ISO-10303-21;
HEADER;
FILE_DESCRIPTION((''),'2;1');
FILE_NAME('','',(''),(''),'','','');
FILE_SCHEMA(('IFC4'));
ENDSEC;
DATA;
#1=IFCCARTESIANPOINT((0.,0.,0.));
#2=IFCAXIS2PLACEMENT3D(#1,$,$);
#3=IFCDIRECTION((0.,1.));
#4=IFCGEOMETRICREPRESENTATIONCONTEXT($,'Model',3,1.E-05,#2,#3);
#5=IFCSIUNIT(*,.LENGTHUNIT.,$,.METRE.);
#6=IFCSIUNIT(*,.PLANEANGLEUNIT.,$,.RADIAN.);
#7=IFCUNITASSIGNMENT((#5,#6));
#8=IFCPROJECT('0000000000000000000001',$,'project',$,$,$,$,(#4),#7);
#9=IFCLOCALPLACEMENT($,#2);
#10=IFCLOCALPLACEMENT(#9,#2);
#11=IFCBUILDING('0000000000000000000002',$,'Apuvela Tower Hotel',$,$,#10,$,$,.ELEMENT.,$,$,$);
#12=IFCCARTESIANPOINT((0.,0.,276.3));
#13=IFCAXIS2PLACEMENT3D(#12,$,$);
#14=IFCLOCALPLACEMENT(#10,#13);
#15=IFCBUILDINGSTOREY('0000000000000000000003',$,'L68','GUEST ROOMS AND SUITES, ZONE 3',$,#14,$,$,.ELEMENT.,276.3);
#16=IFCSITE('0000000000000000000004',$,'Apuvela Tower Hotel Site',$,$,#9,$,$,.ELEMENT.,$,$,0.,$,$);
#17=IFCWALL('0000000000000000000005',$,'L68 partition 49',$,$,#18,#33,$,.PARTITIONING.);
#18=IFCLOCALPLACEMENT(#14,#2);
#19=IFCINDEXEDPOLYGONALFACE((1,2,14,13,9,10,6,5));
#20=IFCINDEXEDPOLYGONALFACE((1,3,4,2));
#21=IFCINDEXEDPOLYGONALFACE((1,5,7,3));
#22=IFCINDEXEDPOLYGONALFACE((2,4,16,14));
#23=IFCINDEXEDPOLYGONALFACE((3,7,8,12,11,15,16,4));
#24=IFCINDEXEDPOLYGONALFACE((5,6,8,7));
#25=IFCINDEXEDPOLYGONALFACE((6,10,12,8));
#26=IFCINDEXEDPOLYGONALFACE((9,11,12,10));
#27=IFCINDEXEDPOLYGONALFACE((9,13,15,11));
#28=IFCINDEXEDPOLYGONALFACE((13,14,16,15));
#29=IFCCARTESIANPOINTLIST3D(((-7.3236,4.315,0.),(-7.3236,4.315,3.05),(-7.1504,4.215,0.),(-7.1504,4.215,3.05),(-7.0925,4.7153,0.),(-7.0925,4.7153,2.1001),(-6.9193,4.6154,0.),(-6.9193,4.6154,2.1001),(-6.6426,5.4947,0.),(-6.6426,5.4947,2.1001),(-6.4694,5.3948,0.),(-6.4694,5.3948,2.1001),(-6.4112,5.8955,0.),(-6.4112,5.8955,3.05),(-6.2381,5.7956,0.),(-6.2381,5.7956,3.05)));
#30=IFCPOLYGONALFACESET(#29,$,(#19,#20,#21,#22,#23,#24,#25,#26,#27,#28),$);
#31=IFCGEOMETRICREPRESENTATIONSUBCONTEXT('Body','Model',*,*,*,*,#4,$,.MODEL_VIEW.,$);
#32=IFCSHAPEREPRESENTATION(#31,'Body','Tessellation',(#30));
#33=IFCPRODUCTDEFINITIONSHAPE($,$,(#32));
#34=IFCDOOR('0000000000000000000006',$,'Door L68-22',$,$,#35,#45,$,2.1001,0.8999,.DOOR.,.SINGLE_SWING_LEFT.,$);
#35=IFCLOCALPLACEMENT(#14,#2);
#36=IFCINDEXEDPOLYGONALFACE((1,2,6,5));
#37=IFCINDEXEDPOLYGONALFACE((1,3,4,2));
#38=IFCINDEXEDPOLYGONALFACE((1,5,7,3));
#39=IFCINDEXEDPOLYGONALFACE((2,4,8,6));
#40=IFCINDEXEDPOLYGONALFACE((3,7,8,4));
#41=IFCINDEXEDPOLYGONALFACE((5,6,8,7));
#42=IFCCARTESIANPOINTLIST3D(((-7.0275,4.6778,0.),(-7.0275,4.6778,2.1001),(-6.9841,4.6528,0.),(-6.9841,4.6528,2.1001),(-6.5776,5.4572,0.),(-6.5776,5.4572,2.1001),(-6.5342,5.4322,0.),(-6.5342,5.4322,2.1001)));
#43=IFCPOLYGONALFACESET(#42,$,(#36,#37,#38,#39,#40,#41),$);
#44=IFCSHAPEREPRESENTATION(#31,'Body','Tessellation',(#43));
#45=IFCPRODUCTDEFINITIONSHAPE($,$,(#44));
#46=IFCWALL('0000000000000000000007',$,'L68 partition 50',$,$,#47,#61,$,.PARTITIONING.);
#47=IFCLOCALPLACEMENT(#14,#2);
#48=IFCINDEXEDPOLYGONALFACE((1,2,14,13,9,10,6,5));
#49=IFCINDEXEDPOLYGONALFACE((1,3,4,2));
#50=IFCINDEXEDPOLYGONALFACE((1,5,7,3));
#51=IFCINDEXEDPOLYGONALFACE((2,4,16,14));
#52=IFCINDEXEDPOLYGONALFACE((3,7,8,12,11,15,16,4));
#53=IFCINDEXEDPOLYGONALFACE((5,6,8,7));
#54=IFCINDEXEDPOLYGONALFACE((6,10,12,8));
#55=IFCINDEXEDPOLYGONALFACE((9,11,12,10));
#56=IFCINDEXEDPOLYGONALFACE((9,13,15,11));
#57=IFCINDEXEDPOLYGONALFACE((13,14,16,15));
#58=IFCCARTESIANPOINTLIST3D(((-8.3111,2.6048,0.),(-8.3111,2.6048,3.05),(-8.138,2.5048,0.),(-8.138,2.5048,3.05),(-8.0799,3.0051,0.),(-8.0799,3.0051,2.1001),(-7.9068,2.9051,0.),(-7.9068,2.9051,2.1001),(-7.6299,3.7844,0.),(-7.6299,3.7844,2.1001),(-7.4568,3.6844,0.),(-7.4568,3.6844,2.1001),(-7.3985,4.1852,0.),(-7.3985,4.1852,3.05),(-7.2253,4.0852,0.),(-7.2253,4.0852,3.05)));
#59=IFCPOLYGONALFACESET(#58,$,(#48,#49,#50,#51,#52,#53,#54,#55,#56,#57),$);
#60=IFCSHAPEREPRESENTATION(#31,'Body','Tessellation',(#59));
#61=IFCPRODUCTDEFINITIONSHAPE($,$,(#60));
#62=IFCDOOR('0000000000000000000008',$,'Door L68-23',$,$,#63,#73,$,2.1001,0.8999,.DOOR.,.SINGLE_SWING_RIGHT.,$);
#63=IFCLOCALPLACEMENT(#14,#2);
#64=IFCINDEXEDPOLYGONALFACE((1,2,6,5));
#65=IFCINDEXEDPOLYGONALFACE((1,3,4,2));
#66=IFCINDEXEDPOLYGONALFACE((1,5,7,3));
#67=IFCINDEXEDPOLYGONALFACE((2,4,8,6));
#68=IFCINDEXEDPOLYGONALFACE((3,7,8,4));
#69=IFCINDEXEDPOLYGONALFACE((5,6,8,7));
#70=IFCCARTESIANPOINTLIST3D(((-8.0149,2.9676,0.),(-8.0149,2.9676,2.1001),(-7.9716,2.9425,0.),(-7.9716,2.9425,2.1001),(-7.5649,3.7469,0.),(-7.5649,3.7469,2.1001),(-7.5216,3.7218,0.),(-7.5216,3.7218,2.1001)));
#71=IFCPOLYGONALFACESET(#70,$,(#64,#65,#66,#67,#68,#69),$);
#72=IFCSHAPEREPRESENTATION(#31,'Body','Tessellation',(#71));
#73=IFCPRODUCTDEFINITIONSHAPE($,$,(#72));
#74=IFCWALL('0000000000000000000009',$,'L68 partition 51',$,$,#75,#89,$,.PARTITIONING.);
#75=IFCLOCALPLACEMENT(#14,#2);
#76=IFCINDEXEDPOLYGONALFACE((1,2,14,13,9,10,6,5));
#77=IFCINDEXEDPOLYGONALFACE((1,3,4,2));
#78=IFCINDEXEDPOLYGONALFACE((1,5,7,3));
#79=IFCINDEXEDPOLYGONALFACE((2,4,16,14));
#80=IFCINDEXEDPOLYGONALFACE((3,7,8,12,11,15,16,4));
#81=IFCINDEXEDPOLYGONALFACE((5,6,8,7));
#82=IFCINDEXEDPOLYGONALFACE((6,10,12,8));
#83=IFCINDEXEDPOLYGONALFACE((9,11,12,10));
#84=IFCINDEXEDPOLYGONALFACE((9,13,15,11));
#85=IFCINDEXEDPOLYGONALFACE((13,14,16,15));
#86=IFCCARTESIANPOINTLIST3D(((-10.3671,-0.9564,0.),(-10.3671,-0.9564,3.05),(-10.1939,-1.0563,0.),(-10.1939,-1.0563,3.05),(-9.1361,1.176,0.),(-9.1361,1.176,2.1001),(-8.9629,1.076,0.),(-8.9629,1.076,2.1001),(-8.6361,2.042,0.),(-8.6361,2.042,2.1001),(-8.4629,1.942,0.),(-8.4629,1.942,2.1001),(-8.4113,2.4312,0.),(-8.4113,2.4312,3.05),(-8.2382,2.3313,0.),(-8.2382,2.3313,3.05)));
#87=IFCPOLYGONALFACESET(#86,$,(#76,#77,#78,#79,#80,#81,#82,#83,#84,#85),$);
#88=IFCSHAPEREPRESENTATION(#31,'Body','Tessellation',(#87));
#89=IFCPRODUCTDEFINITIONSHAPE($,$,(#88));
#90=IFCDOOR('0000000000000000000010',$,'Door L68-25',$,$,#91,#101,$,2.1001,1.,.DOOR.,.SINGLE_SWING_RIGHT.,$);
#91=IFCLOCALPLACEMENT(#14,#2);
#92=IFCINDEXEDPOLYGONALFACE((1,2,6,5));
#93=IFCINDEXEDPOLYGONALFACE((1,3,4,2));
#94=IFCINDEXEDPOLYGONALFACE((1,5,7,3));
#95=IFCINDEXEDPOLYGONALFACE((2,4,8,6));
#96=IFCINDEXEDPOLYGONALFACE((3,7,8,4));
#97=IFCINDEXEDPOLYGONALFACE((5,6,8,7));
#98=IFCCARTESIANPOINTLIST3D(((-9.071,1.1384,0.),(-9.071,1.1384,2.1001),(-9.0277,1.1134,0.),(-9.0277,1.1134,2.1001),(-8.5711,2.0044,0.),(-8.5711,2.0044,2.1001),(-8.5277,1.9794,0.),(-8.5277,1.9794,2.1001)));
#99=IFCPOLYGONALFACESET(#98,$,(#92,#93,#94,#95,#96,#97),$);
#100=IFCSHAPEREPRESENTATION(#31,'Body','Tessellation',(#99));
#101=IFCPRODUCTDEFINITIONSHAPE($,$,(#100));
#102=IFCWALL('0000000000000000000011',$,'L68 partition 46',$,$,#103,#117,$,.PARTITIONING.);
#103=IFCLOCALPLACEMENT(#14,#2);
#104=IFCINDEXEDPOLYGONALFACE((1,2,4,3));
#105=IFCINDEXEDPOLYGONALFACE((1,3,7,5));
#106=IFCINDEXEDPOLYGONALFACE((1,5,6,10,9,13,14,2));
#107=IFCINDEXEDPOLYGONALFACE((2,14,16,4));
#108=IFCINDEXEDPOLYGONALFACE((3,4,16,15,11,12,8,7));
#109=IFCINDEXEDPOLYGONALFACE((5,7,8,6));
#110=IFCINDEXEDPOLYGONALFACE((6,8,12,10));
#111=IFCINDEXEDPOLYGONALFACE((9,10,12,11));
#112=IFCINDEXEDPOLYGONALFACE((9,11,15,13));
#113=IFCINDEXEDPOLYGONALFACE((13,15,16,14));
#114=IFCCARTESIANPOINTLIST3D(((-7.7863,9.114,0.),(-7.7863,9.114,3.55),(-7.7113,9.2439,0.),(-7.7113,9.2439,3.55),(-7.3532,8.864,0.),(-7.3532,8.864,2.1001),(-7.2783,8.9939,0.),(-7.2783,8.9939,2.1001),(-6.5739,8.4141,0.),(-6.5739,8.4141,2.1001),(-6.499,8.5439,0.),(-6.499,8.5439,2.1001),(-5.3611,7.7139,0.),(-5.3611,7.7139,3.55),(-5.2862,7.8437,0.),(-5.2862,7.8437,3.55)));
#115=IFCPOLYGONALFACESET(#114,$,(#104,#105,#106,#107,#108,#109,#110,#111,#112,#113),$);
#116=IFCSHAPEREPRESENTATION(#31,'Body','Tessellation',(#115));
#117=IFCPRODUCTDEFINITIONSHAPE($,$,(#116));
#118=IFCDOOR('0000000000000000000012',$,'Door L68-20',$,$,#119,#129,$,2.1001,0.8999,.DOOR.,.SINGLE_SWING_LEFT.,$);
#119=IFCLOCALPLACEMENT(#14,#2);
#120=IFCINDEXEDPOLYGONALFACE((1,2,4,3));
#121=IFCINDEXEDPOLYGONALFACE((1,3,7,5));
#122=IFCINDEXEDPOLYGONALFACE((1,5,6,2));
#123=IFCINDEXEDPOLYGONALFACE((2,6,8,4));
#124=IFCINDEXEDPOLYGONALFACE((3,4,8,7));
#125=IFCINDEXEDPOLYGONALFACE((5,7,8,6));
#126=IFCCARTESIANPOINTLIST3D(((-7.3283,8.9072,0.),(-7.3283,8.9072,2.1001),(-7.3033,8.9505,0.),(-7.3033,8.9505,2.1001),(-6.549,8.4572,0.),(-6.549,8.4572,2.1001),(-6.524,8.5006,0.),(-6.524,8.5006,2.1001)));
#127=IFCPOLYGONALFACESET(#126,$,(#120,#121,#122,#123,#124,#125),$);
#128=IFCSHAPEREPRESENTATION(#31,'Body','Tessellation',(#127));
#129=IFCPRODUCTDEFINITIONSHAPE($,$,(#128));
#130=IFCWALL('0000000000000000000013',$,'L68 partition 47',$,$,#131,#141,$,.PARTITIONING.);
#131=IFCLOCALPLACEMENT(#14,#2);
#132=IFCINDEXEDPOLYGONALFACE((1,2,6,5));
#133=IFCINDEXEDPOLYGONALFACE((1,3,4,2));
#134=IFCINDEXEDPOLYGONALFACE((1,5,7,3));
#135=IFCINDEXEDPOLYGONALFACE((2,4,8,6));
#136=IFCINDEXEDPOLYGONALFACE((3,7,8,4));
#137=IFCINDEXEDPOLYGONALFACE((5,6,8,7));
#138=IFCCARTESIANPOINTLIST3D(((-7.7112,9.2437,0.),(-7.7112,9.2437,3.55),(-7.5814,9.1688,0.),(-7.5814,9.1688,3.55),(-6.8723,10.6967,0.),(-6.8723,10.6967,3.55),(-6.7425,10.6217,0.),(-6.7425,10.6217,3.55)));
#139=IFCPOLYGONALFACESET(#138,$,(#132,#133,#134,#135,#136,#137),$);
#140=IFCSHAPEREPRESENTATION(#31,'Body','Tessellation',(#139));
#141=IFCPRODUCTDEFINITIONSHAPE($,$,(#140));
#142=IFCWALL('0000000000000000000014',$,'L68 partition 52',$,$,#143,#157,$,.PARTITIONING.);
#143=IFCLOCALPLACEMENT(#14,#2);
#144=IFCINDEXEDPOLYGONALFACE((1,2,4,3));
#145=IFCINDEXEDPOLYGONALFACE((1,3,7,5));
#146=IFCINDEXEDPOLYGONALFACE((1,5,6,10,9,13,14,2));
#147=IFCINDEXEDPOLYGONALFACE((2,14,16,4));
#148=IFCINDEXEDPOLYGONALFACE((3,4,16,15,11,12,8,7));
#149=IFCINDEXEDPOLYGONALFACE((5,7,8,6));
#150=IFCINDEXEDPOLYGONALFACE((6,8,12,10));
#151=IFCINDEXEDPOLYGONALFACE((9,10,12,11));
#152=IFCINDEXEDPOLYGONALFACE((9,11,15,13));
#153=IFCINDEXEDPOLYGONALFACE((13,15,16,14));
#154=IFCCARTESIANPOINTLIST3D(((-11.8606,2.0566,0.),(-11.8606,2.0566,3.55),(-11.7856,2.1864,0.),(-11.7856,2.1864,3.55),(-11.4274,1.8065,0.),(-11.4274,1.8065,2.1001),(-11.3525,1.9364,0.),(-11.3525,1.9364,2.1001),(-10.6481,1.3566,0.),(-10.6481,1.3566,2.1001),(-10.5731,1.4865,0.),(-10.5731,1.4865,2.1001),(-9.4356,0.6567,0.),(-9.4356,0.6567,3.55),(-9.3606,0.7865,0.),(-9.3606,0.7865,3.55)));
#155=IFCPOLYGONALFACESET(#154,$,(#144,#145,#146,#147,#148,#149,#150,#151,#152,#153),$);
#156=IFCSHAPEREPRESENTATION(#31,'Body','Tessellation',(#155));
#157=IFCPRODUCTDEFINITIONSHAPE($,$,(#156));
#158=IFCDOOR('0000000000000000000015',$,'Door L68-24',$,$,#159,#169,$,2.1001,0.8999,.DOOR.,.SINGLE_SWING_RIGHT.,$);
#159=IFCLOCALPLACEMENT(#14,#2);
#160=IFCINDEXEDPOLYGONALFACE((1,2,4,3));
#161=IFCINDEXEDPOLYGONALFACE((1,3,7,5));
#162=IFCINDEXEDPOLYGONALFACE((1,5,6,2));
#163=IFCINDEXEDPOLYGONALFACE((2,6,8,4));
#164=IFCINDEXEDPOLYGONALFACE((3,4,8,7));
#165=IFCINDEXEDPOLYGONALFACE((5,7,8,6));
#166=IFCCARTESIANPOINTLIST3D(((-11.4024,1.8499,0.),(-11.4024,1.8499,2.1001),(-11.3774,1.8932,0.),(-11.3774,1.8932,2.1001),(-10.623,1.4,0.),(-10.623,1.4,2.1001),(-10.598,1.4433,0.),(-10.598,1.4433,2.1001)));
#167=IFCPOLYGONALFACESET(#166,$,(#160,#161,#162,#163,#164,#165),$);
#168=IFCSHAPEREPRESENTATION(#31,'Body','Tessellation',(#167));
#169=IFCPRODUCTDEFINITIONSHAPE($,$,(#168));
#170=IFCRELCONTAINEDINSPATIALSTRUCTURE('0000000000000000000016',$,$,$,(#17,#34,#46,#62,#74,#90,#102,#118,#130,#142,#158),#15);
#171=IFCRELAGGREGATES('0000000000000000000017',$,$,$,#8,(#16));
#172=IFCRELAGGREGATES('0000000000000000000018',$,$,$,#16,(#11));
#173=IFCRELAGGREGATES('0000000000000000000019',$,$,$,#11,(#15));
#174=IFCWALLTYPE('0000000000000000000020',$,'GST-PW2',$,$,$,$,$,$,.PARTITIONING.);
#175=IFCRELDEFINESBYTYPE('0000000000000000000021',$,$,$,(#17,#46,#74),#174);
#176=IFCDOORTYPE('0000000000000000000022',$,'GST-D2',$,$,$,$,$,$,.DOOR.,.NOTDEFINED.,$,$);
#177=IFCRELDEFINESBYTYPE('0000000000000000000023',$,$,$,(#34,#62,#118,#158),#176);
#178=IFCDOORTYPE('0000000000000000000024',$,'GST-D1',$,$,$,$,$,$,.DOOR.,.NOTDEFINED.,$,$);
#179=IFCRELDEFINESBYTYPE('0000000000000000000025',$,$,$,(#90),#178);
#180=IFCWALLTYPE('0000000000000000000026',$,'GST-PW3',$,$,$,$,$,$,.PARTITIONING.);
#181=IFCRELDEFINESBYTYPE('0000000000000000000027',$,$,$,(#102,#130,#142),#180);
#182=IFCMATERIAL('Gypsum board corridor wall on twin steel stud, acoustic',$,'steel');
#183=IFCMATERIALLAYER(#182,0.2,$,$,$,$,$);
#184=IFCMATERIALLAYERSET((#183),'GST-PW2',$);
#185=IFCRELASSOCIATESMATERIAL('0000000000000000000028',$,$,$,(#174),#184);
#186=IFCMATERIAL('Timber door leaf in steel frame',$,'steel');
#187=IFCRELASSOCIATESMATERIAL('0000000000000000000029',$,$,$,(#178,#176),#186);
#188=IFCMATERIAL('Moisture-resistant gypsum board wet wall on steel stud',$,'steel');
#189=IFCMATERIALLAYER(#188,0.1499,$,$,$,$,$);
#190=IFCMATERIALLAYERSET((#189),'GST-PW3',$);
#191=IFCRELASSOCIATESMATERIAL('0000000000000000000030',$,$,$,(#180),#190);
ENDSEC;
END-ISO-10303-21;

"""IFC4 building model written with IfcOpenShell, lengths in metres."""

from ifc_helpers import new_model, si_unit, direction, frame, frame_2d, origin, place, context, subcontext, project, spatial, rectangle, extrude, material, layer, layer_set, type_object, element, fill, save


model = new_model("IFC4")

# Units and contexts
model_context = context("Model", 3, precision=1e-05, world=origin(), true_north=direction((0.0, 1.0)))
body_context = subcontext(model_context, "Body", "Model", "MODEL_VIEW")
ifc_project = project(units=[si_unit("LENGTHUNIT", "METRE"), si_unit("PLANEANGLEUNIT", "RADIAN")], contexts=[model_context])

# Site, building, storey
site_placement = place(None, origin())
site = spatial("IfcSite", under=ifc_project, at=site_placement, Name="Apuvela Tower Hotel Site", CompositionType="ELEMENT", RefElevation=0.0)
building_placement = place(site_placement, origin())
building = spatial("IfcBuilding", under=site, at=building_placement, Name="Apuvela Tower Hotel", CompositionType="ELEMENT")
storey_placement = place(building_placement, frame((0.0, 0.0, 276.3)))
storey = spatial("IfcBuildingStorey", under=building, at=storey_placement, Name="L68", Description="GUEST ROOMS AND SUITES, ZONE 3", CompositionType="ELEMENT", Elevation=276.3)

# Walls, openings, doors
ifc_material_1 = material(Name="Gypsum board corridor wall on twin steel stud, acoustic", Category="steel")
ifc_layer_1 = layer(ifc_material_1, 0.2)
ifc_layer_set_1 = layer_set([ifc_layer_1], Name="GST-PW2")
wall_type_1 = type_object("IfcWallType", Name="GST-PW2", PredefinedType="PARTITIONING", material=ifc_layer_set_1)
ifc_material_2 = material(Name="Timber door leaf in steel frame", Category="steel")
door_type_1 = type_object("IfcDoorType", Name="GST-D1", OperationType="NOTDEFINED", PredefinedType="DOOR", material=ifc_material_2)
wall_1_placement = place(storey_placement, frame((-7.2371, 4.2649, 0.0), z_axis=(0.0, 0.0, 1.0), x_axis=(0.499923, 0.86607, 0.0)))
wall_1 = element("IfcWall", 1, at=wall_1_placement, inside=storey, type_object=wall_type_1, Name="L68 partition 49", PredefinedType="PARTITIONING", context=body_context, shape_type="SweptSolid", body=[
    extrude(rectangle(XDim=1.825, YDim=0.2, at=frame_2d((0.9126, 0.0))), origin(), (0.0, 0.0, 1.0), 3.05),
])
opening_1_placement = place(wall_1_placement, frame((0.4624, 0.0, 0.0)))
opening_1 = element("IfcOpeningElement", 2, at=opening_1_placement, cuts=wall_1, PredefinedType="OPENING", context=body_context, shape_type="SweptSolid", body=[
    extrude(rectangle(XDim=0.8999, YDim=2.1001, at=frame_2d((0.45, 1.05))), frame((0.0, 0.1099, 0.0), z_axis=(0.0, -1.0, 0.0), x_axis=(1.0, 0.0, 0.0)), (0.0, 0.0, 1.0), 0.22),
])
door_type_2 = type_object("IfcDoorType", Name="GST-D2", OperationType="NOTDEFINED", PredefinedType="DOOR", material=ifc_material_2)
door_1_placement = place(opening_1_placement, origin())
door_1 = element("IfcDoor", 3, at=door_1_placement, inside=storey, type_object=door_type_2, Name="Door L68-22", OperationType="SINGLE_SWING_LEFT", OverallHeight=2.1001, OverallWidth=0.8999, PredefinedType="DOOR", context=body_context, shape_type="SweptSolid", body=[
    extrude(rectangle(XDim=0.8999, YDim=2.1001, at=frame_2d((0.45, 1.05))), frame((0.0, 0.0249, 0.0), z_axis=(0.0, -1.0, 0.0), x_axis=(1.0, 0.0, 0.0)), (0.0, 0.0, 1.0), 0.05),
])
fill(opening_1, door_1)
wall_2_placement = place(storey_placement, frame((-8.2246, 2.5547, 0.0), z_axis=(0.0, 0.0, 1.0), x_axis=(0.500081, 0.865978, 0.0)))
wall_2 = element("IfcWall", 4, at=wall_2_placement, inside=storey, type_object=wall_type_1, Name="L68 partition 50", PredefinedType="PARTITIONING", context=body_context, shape_type="SweptSolid", body=[
    extrude(rectangle(XDim=1.825, YDim=0.2, at=frame_2d((0.9126, 0.0))), origin(), (0.0, 0.0, 1.0), 3.05),
])
opening_2_placement = place(wall_2_placement, frame((0.4624, 0.0, 0.0)))
opening_2 = element("IfcOpeningElement", 5, at=opening_2_placement, cuts=wall_2, PredefinedType="OPENING", context=body_context, shape_type="SweptSolid", body=[
    extrude(rectangle(XDim=0.8999, YDim=2.1001, at=frame_2d((0.45, 1.05))), frame((0.0, 0.1099, 0.0), z_axis=(0.0, -1.0, 0.0), x_axis=(1.0, 0.0, 0.0)), (0.0, 0.0, 1.0), 0.22),
])
door_2_placement = place(opening_2_placement, origin())
door_2 = element("IfcDoor", 6, at=door_2_placement, inside=storey, type_object=door_type_2, Name="Door L68-23", OperationType="SINGLE_SWING_RIGHT", OverallHeight=2.1001, OverallWidth=0.8999, PredefinedType="DOOR", context=body_context, shape_type="SweptSolid", body=[
    extrude(rectangle(XDim=0.8999, YDim=2.1001, at=frame_2d((0.45, 1.05))), frame((0.0, 0.0249, 0.0), z_axis=(0.0, -1.0, 0.0), x_axis=(1.0, 0.0, 0.0)), (0.0, 0.0, 1.0), 0.05),
])
fill(opening_2, door_2)
wall_3_placement = place(storey_placement, frame((-10.2805, -1.0063, 0.0), z_axis=(0.0, 0.0, 1.0), x_axis=(0.499985, 0.866034, 0.0)))
wall_3 = element("IfcWall", 7, at=wall_3_placement, inside=storey, type_object=wall_type_1, Name="L68 partition 51", PredefinedType="PARTITIONING", context=body_context, shape_type="SweptSolid", body=[
    extrude(rectangle(XDim=3.9116, YDim=0.2, at=frame_2d((1.9558, 0.0))), origin(), (0.0, 0.0, 1.0), 3.05),
])
opening_3_placement = place(wall_3_placement, frame((2.4622, 0.0, 0.0)))
opening_3 = element("IfcOpeningElement", 8, at=opening_3_placement, cuts=wall_3, PredefinedType="OPENING", context=body_context, shape_type="SweptSolid", body=[
    extrude(rectangle(XDim=1.0, YDim=2.1001, at=frame_2d((0.5, 1.05))), frame((0.0, 0.1099, 0.0), z_axis=(0.0, -1.0, 0.0), x_axis=(1.0, 0.0, 0.0)), (0.0, 0.0, 1.0), 0.22),
])
door_3_placement = place(opening_3_placement, origin())
door_3 = element("IfcDoor", 9, at=door_3_placement, inside=storey, type_object=door_type_1, Name="Door L68-25", OperationType="SINGLE_SWING_RIGHT", OverallHeight=2.1001, OverallWidth=1.0, PredefinedType="DOOR", context=body_context, shape_type="SweptSolid", body=[
    extrude(rectangle(XDim=1.0, YDim=2.1001, at=frame_2d((0.5, 1.05))), frame((0.0, 0.0249, 0.0), z_axis=(0.0, -1.0, 0.0), x_axis=(1.0, 0.0, 0.0)), (0.0, 0.0, 1.0), 0.05),
])
fill(opening_3, door_3)
ifc_material_3 = material(Name="Moisture-resistant gypsum board wet wall on steel stud", Category="steel")
ifc_layer_2 = layer(ifc_material_3, 0.1499)
ifc_layer_set_2 = layer_set([ifc_layer_2], Name="GST-PW3")
wall_type_2 = type_object("IfcWallType", Name="GST-PW3", PredefinedType="PARTITIONING", material=ifc_layer_set_2)
wall_4_placement = place(storey_placement, frame((-7.7488, 9.179, 0.0), z_axis=(0.0, 0.0, 1.0), x_axis=(0.866019, -0.500012, 0.0)))
wall_4 = element("IfcWall", 10, at=wall_4_placement, inside=storey, type_object=wall_type_2, Name="L68 partition 46", PredefinedType="PARTITIONING", context=body_context, shape_type="SweptSolid", body=[
    extrude(rectangle(XDim=2.8003, YDim=0.1499, at=frame_2d((1.4001, 0.0))), origin(), (0.0, 0.0, 1.0), 3.55),
])
opening_4_placement = place(wall_4_placement, frame((0.5, 0.0, 0.0)))
opening_4 = element("IfcOpeningElement", 11, at=opening_4_placement, cuts=wall_4, PredefinedType="OPENING", context=body_context, shape_type="SweptSolid", body=[
    extrude(rectangle(XDim=0.8999, YDim=2.1001, at=frame_2d((0.45, 1.05))), frame((0.0, 0.085, 0.0), z_axis=(0.0, -1.0, 0.0), x_axis=(1.0, 0.0, 0.0)), (0.0, 0.0, 1.0), 0.1699),
])
door_4_placement = place(opening_4_placement, origin())
door_4 = element("IfcDoor", 12, at=door_4_placement, inside=storey, type_object=door_type_2, Name="Door L68-20", OperationType="SINGLE_SWING_LEFT", OverallHeight=2.1001, OverallWidth=0.8999, PredefinedType="DOOR", context=body_context, shape_type="SweptSolid", body=[
    extrude(rectangle(XDim=0.8999, YDim=2.1001, at=frame_2d((0.45, 1.05))), frame((0.0, 0.0249, 0.0), z_axis=(0.0, -1.0, 0.0), x_axis=(1.0, 0.0, 0.0)), (0.0, 0.0, 1.0), 0.05),
])
fill(opening_4, door_4)

# Wall
wall_5_placement = place(storey_placement, frame((-6.8074, 10.6592, 0.0), z_axis=(0.0, 0.0, 1.0), x_axis=(-0.500021, -0.866014, 0.0)))
element("IfcWall", 13, at=wall_5_placement, inside=storey, type_object=wall_type_2, Name="L68 partition 47", PredefinedType="PARTITIONING", context=body_context, shape_type="SweptSolid", body=[
    extrude(rectangle(XDim=1.6777, YDim=0.1499, at=frame_2d((0.8389, 0.0))), origin(), (0.0, 0.0, 1.0), 3.55),
])

# Wall, opening, door
wall_6_placement = place(storey_placement, frame((-9.3982, 0.7217, 0.0), z_axis=(0.0, 0.0, 1.0), x_axis=(-0.866056, 0.499946, 0.0)))
wall_6 = element("IfcWall", 14, at=wall_6_placement, inside=storey, type_object=wall_type_2, Name="L68 partition 52", PredefinedType="PARTITIONING", context=body_context, shape_type="SweptSolid", body=[
    extrude(rectangle(XDim=2.8, YDim=0.1499, at=frame_2d((1.3999, 0.0))), origin(), (0.0, 0.0, 1.0), 3.55),
])
opening_5_placement = place(wall_6_placement, frame((1.3999, 0.0, 0.0)))
opening_5 = element("IfcOpeningElement", 15, at=opening_5_placement, cuts=wall_6, PredefinedType="OPENING", context=body_context, shape_type="SweptSolid", body=[
    extrude(rectangle(XDim=0.8999, YDim=2.1001, at=frame_2d((0.45, 1.05))), frame((0.0, 0.085, 0.0), z_axis=(0.0, -1.0, 0.0), x_axis=(1.0, 0.0, 0.0)), (0.0, 0.0, 1.0), 0.1699),
])
door_5_placement = place(opening_5_placement, origin())
door_5 = element("IfcDoor", 16, at=door_5_placement, inside=storey, type_object=door_type_2, Name="Door L68-24", OperationType="SINGLE_SWING_RIGHT", OverallHeight=2.1001, OverallWidth=0.8999, PredefinedType="DOOR", context=body_context, shape_type="SweptSolid", body=[
    extrude(rectangle(XDim=0.8999, YDim=2.1001, at=frame_2d((0.45, 1.05))), frame((0.0, 0.0249, 0.0), z_axis=(0.0, -1.0, 0.0), x_axis=(1.0, 0.0, 0.0)), (0.0, 0.0, 1.0), 0.05),
])
fill(opening_5, door_5)

save(model, "model.ifc")
